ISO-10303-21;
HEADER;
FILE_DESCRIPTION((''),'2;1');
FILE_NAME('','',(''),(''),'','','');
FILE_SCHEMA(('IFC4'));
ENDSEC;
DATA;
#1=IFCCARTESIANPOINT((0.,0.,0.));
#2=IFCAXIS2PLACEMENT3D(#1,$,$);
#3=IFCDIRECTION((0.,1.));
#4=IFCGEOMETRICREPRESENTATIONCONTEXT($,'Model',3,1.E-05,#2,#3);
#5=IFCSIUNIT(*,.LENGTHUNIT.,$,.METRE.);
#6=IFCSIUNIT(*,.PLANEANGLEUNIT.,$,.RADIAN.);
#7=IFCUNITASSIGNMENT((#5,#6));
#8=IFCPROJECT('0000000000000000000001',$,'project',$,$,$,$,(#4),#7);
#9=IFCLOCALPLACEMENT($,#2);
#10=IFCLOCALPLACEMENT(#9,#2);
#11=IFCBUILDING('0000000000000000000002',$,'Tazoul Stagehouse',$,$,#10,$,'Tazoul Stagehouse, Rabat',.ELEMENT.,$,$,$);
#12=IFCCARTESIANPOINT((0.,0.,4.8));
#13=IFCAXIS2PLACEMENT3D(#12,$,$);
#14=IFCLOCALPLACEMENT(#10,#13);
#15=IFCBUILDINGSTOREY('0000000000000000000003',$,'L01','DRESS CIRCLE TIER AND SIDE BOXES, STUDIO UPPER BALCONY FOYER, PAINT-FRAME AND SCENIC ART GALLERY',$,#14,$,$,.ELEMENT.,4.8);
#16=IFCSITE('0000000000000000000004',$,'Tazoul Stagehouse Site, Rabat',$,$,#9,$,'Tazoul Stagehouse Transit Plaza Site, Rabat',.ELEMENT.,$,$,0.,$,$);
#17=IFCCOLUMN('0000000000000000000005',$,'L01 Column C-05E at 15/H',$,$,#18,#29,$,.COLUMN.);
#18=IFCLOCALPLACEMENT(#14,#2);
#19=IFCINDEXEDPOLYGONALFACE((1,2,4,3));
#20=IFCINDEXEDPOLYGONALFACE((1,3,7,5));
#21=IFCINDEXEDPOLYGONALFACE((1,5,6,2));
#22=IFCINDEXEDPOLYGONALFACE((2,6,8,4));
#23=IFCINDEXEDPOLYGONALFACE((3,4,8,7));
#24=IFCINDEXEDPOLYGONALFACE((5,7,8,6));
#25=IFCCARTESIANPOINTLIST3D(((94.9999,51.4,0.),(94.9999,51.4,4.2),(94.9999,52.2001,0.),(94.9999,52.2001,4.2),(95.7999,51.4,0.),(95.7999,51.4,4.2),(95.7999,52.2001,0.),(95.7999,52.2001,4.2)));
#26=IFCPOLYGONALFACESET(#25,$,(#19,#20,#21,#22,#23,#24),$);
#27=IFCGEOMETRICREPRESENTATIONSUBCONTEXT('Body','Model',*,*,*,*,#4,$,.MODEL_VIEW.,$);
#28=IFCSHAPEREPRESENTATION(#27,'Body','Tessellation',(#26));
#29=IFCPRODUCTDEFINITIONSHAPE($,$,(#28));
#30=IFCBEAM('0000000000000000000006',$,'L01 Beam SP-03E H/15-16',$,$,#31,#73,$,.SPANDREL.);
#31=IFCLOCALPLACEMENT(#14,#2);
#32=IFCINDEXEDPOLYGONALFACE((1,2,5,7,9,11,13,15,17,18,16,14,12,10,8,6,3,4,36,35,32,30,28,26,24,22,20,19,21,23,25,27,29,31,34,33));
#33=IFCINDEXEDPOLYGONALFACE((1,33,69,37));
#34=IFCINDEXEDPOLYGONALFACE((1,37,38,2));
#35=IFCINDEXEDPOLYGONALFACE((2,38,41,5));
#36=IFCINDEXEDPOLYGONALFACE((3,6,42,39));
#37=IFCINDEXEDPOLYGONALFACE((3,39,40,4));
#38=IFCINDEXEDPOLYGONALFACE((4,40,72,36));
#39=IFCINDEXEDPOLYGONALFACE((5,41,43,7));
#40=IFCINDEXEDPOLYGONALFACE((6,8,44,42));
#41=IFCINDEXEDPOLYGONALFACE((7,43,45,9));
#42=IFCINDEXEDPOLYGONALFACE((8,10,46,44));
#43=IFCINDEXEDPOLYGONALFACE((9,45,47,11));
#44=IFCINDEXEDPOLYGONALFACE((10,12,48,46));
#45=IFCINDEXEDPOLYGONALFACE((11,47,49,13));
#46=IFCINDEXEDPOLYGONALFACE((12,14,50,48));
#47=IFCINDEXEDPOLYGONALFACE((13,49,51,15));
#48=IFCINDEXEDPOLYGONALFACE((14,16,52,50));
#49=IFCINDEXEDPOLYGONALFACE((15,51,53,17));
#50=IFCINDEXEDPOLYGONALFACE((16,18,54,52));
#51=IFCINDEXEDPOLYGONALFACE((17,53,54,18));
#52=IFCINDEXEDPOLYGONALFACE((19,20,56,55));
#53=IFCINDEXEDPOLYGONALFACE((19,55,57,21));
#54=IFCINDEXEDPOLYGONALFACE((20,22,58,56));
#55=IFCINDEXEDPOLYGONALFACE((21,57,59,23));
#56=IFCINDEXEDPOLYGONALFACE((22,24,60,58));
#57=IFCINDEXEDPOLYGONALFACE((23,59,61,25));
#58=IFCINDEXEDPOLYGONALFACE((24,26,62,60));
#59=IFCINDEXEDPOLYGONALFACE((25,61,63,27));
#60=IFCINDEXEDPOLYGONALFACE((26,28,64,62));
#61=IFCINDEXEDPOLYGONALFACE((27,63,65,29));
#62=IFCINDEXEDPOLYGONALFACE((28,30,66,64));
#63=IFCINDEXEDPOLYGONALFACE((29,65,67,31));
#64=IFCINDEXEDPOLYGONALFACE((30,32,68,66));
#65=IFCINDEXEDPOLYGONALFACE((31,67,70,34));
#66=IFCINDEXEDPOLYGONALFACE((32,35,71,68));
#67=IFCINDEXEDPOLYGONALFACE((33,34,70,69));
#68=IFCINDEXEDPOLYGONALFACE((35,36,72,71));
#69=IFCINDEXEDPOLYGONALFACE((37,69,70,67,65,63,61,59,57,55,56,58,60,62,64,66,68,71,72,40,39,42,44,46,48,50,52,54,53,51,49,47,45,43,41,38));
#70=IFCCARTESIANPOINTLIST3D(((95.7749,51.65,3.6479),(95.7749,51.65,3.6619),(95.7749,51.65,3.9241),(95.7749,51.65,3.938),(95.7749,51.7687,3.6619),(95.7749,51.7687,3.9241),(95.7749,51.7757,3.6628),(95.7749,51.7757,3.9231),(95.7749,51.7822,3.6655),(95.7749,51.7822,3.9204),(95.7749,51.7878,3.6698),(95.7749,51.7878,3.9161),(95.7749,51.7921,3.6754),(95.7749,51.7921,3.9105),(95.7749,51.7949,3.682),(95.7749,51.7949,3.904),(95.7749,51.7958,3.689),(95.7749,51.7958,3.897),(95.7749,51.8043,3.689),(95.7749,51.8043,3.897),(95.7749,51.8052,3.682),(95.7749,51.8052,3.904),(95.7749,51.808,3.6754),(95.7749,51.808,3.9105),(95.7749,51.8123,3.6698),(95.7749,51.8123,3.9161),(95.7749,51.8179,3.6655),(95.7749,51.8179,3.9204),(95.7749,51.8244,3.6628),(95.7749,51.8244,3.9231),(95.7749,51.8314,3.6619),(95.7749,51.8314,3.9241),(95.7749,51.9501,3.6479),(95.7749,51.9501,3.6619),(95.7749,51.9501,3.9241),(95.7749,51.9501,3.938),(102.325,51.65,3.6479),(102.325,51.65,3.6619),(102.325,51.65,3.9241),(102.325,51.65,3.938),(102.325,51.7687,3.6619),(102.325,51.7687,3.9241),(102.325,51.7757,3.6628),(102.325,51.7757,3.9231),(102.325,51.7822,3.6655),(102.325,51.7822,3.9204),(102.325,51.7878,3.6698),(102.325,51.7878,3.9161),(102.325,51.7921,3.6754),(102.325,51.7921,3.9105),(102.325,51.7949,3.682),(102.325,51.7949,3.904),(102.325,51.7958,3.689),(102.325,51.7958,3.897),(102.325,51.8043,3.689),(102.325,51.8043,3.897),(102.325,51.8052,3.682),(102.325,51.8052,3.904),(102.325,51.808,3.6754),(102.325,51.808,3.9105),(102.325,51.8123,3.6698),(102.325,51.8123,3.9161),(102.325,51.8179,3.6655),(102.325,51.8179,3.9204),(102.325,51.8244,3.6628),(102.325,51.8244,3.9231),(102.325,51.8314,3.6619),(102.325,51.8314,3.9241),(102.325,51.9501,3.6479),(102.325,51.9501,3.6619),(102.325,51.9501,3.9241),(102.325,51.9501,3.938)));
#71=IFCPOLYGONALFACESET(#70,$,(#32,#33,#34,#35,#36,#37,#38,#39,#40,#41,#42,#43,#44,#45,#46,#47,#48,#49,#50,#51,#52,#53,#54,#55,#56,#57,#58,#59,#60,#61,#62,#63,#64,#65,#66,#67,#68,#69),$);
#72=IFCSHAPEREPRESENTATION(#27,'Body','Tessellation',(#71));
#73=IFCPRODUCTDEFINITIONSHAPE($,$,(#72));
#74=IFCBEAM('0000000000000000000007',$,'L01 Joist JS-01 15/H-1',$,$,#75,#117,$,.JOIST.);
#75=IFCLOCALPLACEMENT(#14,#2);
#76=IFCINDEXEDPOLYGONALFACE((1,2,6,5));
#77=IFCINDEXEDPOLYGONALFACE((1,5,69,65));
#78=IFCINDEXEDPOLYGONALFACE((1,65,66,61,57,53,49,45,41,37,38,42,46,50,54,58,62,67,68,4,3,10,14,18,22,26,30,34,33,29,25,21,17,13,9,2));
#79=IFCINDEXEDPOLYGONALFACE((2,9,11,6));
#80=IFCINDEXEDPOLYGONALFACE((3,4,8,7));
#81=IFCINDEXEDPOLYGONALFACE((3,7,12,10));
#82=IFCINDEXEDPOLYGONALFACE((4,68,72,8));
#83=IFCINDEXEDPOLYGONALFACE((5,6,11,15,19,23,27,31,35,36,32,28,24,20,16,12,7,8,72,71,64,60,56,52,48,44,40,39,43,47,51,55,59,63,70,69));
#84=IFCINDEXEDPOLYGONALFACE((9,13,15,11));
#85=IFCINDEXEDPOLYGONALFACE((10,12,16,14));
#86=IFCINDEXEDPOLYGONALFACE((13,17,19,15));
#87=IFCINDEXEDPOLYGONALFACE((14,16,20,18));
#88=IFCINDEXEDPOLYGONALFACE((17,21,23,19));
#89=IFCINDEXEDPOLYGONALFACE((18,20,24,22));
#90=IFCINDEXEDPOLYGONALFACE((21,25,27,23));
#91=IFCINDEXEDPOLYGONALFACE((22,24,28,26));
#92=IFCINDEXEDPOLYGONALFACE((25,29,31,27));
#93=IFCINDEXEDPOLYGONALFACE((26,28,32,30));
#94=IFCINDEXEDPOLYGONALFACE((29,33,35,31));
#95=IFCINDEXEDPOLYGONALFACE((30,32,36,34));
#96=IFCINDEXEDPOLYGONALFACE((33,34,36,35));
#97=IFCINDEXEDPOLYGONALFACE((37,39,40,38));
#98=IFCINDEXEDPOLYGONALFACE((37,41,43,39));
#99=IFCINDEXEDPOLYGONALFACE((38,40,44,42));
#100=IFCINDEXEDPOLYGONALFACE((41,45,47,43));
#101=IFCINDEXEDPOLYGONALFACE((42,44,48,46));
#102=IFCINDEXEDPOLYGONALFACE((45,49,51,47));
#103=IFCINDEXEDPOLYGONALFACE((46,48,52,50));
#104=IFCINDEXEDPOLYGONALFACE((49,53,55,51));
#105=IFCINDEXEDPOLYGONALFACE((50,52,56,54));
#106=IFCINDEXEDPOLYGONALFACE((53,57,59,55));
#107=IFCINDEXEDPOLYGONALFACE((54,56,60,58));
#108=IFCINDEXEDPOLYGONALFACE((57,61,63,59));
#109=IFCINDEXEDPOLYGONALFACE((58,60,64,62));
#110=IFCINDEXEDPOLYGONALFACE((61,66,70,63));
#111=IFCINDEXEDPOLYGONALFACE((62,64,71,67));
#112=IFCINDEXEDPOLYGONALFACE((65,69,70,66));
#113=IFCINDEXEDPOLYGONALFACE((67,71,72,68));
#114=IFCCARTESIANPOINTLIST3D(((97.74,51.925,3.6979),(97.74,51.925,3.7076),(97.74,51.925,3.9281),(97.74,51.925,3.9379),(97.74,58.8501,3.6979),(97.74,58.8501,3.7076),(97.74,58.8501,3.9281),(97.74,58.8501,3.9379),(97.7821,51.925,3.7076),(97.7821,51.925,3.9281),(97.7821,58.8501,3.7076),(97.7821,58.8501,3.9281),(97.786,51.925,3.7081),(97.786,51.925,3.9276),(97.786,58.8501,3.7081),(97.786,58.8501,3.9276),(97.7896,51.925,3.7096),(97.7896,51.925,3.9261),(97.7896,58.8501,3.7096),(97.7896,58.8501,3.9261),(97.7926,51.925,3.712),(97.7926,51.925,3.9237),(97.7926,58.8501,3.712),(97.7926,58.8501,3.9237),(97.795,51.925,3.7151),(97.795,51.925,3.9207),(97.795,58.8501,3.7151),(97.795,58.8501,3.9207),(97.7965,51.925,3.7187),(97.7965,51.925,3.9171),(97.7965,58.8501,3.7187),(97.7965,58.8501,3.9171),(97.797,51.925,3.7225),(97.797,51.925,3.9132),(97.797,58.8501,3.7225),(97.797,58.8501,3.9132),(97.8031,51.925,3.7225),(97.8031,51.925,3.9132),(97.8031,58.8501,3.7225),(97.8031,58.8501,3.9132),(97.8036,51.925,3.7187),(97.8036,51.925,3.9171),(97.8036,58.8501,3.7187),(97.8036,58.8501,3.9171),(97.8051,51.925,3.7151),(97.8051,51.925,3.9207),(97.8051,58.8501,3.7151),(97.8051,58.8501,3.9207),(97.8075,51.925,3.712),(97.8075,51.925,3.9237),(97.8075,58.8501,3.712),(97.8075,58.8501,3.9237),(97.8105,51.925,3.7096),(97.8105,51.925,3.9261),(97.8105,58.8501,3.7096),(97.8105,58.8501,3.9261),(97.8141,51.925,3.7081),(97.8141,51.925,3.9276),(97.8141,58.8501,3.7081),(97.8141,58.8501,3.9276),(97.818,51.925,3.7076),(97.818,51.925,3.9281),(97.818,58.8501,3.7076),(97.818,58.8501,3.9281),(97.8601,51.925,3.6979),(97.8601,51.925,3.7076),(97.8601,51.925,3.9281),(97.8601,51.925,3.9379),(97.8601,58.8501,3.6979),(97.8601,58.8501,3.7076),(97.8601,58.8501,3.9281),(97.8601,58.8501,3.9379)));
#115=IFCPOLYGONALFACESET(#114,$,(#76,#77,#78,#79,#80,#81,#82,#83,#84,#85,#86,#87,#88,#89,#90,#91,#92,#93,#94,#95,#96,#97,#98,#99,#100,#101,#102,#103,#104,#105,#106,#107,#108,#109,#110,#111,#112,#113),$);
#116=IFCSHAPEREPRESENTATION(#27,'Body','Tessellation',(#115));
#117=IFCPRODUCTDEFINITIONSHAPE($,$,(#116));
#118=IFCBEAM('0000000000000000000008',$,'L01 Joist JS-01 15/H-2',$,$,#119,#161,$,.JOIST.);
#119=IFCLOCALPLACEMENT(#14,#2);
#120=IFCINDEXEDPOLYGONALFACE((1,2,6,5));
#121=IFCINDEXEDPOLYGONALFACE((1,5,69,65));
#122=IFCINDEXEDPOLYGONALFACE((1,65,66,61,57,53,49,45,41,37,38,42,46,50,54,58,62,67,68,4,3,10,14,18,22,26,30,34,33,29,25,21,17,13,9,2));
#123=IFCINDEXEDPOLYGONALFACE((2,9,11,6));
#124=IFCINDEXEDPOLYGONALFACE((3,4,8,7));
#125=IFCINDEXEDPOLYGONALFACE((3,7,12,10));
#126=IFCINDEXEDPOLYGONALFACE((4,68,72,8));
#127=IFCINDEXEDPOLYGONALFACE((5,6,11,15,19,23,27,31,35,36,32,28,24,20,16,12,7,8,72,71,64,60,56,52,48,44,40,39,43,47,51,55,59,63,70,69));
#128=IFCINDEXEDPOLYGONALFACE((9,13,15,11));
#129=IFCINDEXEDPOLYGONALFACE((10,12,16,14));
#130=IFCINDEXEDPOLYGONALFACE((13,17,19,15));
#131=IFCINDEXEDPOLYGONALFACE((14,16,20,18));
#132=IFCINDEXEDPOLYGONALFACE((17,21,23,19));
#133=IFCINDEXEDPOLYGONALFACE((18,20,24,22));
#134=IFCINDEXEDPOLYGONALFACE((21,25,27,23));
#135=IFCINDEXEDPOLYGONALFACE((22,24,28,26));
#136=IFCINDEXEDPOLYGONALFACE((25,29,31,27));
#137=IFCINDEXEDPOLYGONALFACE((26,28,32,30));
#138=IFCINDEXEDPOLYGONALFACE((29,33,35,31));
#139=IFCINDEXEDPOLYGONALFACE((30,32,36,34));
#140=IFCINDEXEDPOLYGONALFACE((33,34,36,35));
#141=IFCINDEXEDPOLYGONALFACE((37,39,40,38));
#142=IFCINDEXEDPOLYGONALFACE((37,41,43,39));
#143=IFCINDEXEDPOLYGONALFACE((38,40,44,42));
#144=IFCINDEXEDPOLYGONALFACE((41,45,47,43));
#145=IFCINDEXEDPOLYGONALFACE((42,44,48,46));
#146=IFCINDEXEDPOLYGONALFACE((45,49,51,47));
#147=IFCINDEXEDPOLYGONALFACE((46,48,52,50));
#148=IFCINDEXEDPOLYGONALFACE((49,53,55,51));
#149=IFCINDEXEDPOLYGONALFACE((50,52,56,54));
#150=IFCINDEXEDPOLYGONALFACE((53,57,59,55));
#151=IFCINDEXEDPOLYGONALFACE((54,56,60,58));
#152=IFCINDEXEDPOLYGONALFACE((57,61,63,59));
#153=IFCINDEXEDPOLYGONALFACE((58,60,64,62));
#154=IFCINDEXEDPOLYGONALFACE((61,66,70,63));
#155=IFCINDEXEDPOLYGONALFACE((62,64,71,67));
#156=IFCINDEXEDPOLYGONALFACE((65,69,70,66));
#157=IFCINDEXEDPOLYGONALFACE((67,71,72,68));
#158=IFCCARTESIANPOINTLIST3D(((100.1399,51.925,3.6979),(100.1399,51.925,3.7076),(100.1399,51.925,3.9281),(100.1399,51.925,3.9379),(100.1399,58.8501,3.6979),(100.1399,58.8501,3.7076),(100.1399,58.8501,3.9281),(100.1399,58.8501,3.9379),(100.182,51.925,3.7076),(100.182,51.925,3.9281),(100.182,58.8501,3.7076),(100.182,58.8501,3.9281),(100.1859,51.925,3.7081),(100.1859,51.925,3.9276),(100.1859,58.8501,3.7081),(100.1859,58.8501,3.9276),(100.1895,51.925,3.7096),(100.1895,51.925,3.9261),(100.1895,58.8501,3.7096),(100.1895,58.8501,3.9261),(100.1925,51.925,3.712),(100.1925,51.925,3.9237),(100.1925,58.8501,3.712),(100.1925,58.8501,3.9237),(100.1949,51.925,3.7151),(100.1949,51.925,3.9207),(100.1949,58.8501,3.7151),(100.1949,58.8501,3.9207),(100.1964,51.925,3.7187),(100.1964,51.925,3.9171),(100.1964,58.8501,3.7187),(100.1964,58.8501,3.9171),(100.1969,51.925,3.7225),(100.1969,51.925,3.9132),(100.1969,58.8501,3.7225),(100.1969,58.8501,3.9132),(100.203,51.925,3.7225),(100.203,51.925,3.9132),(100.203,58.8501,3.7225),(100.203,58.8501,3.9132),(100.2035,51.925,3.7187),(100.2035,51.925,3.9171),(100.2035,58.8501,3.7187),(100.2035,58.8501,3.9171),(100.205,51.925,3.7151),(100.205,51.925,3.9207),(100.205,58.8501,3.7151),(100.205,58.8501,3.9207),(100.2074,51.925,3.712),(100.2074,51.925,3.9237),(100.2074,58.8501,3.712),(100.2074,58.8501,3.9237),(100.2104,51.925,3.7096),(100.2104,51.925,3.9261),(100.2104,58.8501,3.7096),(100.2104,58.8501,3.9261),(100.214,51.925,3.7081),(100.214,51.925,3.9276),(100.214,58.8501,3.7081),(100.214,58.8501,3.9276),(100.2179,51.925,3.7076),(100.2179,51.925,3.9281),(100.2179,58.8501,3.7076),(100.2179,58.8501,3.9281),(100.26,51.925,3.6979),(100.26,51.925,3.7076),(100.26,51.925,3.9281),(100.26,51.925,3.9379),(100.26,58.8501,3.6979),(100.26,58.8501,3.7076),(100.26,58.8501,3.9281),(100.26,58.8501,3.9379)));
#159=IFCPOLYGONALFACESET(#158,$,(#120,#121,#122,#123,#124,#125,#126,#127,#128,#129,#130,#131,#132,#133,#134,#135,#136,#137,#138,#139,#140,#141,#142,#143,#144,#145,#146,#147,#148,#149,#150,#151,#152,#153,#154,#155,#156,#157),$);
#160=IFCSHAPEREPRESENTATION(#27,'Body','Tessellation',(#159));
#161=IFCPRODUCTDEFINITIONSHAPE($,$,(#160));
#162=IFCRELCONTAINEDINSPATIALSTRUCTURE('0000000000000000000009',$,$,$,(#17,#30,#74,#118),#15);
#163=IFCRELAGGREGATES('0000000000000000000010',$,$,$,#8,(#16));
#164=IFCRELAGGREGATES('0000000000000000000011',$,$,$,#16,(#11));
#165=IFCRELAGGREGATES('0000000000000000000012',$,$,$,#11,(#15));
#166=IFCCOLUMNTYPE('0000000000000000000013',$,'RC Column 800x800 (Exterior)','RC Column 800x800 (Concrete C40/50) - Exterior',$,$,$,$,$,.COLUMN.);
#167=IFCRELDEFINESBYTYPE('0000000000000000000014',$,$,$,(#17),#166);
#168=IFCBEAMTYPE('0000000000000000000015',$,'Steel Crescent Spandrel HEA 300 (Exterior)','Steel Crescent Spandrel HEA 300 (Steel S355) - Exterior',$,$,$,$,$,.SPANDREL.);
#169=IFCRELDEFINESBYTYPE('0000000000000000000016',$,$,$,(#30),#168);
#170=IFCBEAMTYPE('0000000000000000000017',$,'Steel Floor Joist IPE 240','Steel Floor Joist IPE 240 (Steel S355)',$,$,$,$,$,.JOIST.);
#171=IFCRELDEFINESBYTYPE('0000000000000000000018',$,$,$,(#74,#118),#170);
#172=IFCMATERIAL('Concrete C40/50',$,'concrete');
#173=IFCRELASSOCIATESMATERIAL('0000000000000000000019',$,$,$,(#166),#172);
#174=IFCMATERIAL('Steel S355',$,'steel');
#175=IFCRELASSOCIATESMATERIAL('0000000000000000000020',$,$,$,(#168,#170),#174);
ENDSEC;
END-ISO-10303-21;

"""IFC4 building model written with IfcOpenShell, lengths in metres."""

from ifc_helpers import new_model, si_unit, direction, frame, origin, origin_2d, place, context, subcontext, project, spatial, rectangle, i_section, extrude, material, material_profile, profile_set, type_object, element, save


model = new_model("IFC4")

# Units and contexts
model_context = context("Model", 3, precision=1e-05, world=origin(), true_north=direction((0.0, 1.0)))
body_context = subcontext(model_context, "Body", "Model", "MODEL_VIEW")
ifc_project = project(units=[si_unit("LENGTHUNIT", "METRE"), si_unit("PLANEANGLEUNIT", "RADIAN")], contexts=[model_context])

# Site, building, storey
site_placement = place(None, origin())
site = spatial("IfcSite", under=ifc_project, at=site_placement, Name="Tazoul Stagehouse Site, Rabat", LongName="Tazoul Stagehouse Transit Plaza Site, Rabat", CompositionType="ELEMENT", RefElevation=0.0)
building_placement = place(site_placement, origin())
building = spatial("IfcBuilding", under=site, at=building_placement, Name="Tazoul Stagehouse", LongName="Tazoul Stagehouse, Rabat", CompositionType="ELEMENT")
storey_placement = place(building_placement, frame((0.0, 0.0, 4.8)))
storey = spatial("IfcBuildingStorey", under=building, at=storey_placement, Name="L01", Description="DRESS CIRCLE TIER AND SIDE BOXES, STUDIO UPPER BALCONY FOYER, PAINT-FRAME AND SCENIC ART GALLERY", CompositionType="ELEMENT", Elevation=4.8)

# Column
ifc_material_1 = material(Name="Concrete C40/50", Category="concrete")
ifc_material_profile_1 = material_profile(ifc_material_1, rectangle(XDim=0.8, YDim=0.8, at=origin_2d()), Name="RC 800x800")
ifc_profile_set_1 = profile_set([ifc_material_profile_1], Name="Concrete C40/50")
column_type = type_object("IfcColumnType", Name="RC Column 800x800 (Exterior)", Description="RC Column 800x800 (Concrete C40/50) - Exterior", PredefinedType="COLUMN", material=ifc_profile_set_1)
column_placement = place(storey_placement, frame((95.3999, 51.8, 0.0), z_axis=(0.0, 0.0, 1.0), x_axis=(1.0, 0.0, 0.0)))
element("IfcColumn", 1, at=column_placement, inside=storey, type_object=column_type, Name="L01 Column C-05E at 15/H", PredefinedType="COLUMN", context=body_context, shape_type="SweptSolid", body=[
    extrude(rectangle(XDim=0.8, YDim=0.8, at=origin_2d()), origin(), (0.0, 0.0, 1.0), 4.2),
])

# Beams
ifc_material_2 = material(Name="Steel S355", Category="steel")
ifc_material_profile_2 = material_profile(ifc_material_2, i_section(OverallWidth=0.3, OverallDepth=0.29, WebThickness=0.0085, FlangeThickness=0.0139, FilletRadius=0.0271, at=origin_2d()), Name="HEA 300")
ifc_profile_set_2 = profile_set([ifc_material_profile_2], Name="Steel S355")
beam_type_1 = type_object("IfcBeamType", Name="Steel Crescent Spandrel HEA 300 (Exterior)", Description="Steel Crescent Spandrel HEA 300 (Steel S355) - Exterior", PredefinedType="SPANDREL", material=ifc_profile_set_2)
beam_1_placement = place(storey_placement, frame((95.7749, 51.8, 3.793), z_axis=(1.0, 0.0, 0.0), x_axis=(0.0, 1.0, 0.0)))
element("IfcBeam", 2, at=beam_1_placement, inside=storey, type_object=beam_type_1, Name="L01 Beam SP-03E H/15-16", PredefinedType="SPANDREL", context=body_context, shape_type="SweptSolid", body=[
    extrude(i_section(OverallWidth=0.3, OverallDepth=0.29, WebThickness=0.0085, FlangeThickness=0.0139, FilletRadius=0.0271, at=origin_2d()), origin(), (0.0, 0.0, 1.0), 6.55),
])
ifc_material_profile_3 = material_profile(ifc_material_2, i_section(OverallWidth=0.1201, OverallDepth=0.24, WebThickness=0.0061, FlangeThickness=0.0098, FilletRadius=0.0149, at=origin_2d()), Name="IPE 240")
ifc_profile_set_3 = profile_set([ifc_material_profile_3], Name="Steel S355")
beam_type_2 = type_object("IfcBeamType", Name="Steel Floor Joist IPE 240", Description="Steel Floor Joist IPE 240 (Steel S355)", PredefinedType="JOIST", material=ifc_profile_set_3)
for number, where, z_axis, x_axis, name in (
    (3, (97.8, 51.925, 3.8179), (0.0, 1.0, 0.0), (-1.0, 0.0, 0.0), "L01 Joist JS-01 15/H-1"),
    (4, (100.2, 51.925, 3.8179), (0.0, 1.0, 0.0), (-1.0, 0.0, 0.0), "L01 Joist JS-01 15/H-2"),
):
    element("IfcBeam", number, at=place(storey_placement, frame(where, z_axis=z_axis, x_axis=x_axis)), inside=storey, type_object=beam_type_2, Name=name, PredefinedType="JOIST", context=body_context, shape_type="SweptSolid", body=[
        extrude(i_section(OverallWidth=0.1201, OverallDepth=0.24, WebThickness=0.0061, FlangeThickness=0.0098, FilletRadius=0.0149, at=origin_2d()), origin(), (0.0, 0.0, 1.0), 6.925),
    ])

save(model, "model.ifc")
